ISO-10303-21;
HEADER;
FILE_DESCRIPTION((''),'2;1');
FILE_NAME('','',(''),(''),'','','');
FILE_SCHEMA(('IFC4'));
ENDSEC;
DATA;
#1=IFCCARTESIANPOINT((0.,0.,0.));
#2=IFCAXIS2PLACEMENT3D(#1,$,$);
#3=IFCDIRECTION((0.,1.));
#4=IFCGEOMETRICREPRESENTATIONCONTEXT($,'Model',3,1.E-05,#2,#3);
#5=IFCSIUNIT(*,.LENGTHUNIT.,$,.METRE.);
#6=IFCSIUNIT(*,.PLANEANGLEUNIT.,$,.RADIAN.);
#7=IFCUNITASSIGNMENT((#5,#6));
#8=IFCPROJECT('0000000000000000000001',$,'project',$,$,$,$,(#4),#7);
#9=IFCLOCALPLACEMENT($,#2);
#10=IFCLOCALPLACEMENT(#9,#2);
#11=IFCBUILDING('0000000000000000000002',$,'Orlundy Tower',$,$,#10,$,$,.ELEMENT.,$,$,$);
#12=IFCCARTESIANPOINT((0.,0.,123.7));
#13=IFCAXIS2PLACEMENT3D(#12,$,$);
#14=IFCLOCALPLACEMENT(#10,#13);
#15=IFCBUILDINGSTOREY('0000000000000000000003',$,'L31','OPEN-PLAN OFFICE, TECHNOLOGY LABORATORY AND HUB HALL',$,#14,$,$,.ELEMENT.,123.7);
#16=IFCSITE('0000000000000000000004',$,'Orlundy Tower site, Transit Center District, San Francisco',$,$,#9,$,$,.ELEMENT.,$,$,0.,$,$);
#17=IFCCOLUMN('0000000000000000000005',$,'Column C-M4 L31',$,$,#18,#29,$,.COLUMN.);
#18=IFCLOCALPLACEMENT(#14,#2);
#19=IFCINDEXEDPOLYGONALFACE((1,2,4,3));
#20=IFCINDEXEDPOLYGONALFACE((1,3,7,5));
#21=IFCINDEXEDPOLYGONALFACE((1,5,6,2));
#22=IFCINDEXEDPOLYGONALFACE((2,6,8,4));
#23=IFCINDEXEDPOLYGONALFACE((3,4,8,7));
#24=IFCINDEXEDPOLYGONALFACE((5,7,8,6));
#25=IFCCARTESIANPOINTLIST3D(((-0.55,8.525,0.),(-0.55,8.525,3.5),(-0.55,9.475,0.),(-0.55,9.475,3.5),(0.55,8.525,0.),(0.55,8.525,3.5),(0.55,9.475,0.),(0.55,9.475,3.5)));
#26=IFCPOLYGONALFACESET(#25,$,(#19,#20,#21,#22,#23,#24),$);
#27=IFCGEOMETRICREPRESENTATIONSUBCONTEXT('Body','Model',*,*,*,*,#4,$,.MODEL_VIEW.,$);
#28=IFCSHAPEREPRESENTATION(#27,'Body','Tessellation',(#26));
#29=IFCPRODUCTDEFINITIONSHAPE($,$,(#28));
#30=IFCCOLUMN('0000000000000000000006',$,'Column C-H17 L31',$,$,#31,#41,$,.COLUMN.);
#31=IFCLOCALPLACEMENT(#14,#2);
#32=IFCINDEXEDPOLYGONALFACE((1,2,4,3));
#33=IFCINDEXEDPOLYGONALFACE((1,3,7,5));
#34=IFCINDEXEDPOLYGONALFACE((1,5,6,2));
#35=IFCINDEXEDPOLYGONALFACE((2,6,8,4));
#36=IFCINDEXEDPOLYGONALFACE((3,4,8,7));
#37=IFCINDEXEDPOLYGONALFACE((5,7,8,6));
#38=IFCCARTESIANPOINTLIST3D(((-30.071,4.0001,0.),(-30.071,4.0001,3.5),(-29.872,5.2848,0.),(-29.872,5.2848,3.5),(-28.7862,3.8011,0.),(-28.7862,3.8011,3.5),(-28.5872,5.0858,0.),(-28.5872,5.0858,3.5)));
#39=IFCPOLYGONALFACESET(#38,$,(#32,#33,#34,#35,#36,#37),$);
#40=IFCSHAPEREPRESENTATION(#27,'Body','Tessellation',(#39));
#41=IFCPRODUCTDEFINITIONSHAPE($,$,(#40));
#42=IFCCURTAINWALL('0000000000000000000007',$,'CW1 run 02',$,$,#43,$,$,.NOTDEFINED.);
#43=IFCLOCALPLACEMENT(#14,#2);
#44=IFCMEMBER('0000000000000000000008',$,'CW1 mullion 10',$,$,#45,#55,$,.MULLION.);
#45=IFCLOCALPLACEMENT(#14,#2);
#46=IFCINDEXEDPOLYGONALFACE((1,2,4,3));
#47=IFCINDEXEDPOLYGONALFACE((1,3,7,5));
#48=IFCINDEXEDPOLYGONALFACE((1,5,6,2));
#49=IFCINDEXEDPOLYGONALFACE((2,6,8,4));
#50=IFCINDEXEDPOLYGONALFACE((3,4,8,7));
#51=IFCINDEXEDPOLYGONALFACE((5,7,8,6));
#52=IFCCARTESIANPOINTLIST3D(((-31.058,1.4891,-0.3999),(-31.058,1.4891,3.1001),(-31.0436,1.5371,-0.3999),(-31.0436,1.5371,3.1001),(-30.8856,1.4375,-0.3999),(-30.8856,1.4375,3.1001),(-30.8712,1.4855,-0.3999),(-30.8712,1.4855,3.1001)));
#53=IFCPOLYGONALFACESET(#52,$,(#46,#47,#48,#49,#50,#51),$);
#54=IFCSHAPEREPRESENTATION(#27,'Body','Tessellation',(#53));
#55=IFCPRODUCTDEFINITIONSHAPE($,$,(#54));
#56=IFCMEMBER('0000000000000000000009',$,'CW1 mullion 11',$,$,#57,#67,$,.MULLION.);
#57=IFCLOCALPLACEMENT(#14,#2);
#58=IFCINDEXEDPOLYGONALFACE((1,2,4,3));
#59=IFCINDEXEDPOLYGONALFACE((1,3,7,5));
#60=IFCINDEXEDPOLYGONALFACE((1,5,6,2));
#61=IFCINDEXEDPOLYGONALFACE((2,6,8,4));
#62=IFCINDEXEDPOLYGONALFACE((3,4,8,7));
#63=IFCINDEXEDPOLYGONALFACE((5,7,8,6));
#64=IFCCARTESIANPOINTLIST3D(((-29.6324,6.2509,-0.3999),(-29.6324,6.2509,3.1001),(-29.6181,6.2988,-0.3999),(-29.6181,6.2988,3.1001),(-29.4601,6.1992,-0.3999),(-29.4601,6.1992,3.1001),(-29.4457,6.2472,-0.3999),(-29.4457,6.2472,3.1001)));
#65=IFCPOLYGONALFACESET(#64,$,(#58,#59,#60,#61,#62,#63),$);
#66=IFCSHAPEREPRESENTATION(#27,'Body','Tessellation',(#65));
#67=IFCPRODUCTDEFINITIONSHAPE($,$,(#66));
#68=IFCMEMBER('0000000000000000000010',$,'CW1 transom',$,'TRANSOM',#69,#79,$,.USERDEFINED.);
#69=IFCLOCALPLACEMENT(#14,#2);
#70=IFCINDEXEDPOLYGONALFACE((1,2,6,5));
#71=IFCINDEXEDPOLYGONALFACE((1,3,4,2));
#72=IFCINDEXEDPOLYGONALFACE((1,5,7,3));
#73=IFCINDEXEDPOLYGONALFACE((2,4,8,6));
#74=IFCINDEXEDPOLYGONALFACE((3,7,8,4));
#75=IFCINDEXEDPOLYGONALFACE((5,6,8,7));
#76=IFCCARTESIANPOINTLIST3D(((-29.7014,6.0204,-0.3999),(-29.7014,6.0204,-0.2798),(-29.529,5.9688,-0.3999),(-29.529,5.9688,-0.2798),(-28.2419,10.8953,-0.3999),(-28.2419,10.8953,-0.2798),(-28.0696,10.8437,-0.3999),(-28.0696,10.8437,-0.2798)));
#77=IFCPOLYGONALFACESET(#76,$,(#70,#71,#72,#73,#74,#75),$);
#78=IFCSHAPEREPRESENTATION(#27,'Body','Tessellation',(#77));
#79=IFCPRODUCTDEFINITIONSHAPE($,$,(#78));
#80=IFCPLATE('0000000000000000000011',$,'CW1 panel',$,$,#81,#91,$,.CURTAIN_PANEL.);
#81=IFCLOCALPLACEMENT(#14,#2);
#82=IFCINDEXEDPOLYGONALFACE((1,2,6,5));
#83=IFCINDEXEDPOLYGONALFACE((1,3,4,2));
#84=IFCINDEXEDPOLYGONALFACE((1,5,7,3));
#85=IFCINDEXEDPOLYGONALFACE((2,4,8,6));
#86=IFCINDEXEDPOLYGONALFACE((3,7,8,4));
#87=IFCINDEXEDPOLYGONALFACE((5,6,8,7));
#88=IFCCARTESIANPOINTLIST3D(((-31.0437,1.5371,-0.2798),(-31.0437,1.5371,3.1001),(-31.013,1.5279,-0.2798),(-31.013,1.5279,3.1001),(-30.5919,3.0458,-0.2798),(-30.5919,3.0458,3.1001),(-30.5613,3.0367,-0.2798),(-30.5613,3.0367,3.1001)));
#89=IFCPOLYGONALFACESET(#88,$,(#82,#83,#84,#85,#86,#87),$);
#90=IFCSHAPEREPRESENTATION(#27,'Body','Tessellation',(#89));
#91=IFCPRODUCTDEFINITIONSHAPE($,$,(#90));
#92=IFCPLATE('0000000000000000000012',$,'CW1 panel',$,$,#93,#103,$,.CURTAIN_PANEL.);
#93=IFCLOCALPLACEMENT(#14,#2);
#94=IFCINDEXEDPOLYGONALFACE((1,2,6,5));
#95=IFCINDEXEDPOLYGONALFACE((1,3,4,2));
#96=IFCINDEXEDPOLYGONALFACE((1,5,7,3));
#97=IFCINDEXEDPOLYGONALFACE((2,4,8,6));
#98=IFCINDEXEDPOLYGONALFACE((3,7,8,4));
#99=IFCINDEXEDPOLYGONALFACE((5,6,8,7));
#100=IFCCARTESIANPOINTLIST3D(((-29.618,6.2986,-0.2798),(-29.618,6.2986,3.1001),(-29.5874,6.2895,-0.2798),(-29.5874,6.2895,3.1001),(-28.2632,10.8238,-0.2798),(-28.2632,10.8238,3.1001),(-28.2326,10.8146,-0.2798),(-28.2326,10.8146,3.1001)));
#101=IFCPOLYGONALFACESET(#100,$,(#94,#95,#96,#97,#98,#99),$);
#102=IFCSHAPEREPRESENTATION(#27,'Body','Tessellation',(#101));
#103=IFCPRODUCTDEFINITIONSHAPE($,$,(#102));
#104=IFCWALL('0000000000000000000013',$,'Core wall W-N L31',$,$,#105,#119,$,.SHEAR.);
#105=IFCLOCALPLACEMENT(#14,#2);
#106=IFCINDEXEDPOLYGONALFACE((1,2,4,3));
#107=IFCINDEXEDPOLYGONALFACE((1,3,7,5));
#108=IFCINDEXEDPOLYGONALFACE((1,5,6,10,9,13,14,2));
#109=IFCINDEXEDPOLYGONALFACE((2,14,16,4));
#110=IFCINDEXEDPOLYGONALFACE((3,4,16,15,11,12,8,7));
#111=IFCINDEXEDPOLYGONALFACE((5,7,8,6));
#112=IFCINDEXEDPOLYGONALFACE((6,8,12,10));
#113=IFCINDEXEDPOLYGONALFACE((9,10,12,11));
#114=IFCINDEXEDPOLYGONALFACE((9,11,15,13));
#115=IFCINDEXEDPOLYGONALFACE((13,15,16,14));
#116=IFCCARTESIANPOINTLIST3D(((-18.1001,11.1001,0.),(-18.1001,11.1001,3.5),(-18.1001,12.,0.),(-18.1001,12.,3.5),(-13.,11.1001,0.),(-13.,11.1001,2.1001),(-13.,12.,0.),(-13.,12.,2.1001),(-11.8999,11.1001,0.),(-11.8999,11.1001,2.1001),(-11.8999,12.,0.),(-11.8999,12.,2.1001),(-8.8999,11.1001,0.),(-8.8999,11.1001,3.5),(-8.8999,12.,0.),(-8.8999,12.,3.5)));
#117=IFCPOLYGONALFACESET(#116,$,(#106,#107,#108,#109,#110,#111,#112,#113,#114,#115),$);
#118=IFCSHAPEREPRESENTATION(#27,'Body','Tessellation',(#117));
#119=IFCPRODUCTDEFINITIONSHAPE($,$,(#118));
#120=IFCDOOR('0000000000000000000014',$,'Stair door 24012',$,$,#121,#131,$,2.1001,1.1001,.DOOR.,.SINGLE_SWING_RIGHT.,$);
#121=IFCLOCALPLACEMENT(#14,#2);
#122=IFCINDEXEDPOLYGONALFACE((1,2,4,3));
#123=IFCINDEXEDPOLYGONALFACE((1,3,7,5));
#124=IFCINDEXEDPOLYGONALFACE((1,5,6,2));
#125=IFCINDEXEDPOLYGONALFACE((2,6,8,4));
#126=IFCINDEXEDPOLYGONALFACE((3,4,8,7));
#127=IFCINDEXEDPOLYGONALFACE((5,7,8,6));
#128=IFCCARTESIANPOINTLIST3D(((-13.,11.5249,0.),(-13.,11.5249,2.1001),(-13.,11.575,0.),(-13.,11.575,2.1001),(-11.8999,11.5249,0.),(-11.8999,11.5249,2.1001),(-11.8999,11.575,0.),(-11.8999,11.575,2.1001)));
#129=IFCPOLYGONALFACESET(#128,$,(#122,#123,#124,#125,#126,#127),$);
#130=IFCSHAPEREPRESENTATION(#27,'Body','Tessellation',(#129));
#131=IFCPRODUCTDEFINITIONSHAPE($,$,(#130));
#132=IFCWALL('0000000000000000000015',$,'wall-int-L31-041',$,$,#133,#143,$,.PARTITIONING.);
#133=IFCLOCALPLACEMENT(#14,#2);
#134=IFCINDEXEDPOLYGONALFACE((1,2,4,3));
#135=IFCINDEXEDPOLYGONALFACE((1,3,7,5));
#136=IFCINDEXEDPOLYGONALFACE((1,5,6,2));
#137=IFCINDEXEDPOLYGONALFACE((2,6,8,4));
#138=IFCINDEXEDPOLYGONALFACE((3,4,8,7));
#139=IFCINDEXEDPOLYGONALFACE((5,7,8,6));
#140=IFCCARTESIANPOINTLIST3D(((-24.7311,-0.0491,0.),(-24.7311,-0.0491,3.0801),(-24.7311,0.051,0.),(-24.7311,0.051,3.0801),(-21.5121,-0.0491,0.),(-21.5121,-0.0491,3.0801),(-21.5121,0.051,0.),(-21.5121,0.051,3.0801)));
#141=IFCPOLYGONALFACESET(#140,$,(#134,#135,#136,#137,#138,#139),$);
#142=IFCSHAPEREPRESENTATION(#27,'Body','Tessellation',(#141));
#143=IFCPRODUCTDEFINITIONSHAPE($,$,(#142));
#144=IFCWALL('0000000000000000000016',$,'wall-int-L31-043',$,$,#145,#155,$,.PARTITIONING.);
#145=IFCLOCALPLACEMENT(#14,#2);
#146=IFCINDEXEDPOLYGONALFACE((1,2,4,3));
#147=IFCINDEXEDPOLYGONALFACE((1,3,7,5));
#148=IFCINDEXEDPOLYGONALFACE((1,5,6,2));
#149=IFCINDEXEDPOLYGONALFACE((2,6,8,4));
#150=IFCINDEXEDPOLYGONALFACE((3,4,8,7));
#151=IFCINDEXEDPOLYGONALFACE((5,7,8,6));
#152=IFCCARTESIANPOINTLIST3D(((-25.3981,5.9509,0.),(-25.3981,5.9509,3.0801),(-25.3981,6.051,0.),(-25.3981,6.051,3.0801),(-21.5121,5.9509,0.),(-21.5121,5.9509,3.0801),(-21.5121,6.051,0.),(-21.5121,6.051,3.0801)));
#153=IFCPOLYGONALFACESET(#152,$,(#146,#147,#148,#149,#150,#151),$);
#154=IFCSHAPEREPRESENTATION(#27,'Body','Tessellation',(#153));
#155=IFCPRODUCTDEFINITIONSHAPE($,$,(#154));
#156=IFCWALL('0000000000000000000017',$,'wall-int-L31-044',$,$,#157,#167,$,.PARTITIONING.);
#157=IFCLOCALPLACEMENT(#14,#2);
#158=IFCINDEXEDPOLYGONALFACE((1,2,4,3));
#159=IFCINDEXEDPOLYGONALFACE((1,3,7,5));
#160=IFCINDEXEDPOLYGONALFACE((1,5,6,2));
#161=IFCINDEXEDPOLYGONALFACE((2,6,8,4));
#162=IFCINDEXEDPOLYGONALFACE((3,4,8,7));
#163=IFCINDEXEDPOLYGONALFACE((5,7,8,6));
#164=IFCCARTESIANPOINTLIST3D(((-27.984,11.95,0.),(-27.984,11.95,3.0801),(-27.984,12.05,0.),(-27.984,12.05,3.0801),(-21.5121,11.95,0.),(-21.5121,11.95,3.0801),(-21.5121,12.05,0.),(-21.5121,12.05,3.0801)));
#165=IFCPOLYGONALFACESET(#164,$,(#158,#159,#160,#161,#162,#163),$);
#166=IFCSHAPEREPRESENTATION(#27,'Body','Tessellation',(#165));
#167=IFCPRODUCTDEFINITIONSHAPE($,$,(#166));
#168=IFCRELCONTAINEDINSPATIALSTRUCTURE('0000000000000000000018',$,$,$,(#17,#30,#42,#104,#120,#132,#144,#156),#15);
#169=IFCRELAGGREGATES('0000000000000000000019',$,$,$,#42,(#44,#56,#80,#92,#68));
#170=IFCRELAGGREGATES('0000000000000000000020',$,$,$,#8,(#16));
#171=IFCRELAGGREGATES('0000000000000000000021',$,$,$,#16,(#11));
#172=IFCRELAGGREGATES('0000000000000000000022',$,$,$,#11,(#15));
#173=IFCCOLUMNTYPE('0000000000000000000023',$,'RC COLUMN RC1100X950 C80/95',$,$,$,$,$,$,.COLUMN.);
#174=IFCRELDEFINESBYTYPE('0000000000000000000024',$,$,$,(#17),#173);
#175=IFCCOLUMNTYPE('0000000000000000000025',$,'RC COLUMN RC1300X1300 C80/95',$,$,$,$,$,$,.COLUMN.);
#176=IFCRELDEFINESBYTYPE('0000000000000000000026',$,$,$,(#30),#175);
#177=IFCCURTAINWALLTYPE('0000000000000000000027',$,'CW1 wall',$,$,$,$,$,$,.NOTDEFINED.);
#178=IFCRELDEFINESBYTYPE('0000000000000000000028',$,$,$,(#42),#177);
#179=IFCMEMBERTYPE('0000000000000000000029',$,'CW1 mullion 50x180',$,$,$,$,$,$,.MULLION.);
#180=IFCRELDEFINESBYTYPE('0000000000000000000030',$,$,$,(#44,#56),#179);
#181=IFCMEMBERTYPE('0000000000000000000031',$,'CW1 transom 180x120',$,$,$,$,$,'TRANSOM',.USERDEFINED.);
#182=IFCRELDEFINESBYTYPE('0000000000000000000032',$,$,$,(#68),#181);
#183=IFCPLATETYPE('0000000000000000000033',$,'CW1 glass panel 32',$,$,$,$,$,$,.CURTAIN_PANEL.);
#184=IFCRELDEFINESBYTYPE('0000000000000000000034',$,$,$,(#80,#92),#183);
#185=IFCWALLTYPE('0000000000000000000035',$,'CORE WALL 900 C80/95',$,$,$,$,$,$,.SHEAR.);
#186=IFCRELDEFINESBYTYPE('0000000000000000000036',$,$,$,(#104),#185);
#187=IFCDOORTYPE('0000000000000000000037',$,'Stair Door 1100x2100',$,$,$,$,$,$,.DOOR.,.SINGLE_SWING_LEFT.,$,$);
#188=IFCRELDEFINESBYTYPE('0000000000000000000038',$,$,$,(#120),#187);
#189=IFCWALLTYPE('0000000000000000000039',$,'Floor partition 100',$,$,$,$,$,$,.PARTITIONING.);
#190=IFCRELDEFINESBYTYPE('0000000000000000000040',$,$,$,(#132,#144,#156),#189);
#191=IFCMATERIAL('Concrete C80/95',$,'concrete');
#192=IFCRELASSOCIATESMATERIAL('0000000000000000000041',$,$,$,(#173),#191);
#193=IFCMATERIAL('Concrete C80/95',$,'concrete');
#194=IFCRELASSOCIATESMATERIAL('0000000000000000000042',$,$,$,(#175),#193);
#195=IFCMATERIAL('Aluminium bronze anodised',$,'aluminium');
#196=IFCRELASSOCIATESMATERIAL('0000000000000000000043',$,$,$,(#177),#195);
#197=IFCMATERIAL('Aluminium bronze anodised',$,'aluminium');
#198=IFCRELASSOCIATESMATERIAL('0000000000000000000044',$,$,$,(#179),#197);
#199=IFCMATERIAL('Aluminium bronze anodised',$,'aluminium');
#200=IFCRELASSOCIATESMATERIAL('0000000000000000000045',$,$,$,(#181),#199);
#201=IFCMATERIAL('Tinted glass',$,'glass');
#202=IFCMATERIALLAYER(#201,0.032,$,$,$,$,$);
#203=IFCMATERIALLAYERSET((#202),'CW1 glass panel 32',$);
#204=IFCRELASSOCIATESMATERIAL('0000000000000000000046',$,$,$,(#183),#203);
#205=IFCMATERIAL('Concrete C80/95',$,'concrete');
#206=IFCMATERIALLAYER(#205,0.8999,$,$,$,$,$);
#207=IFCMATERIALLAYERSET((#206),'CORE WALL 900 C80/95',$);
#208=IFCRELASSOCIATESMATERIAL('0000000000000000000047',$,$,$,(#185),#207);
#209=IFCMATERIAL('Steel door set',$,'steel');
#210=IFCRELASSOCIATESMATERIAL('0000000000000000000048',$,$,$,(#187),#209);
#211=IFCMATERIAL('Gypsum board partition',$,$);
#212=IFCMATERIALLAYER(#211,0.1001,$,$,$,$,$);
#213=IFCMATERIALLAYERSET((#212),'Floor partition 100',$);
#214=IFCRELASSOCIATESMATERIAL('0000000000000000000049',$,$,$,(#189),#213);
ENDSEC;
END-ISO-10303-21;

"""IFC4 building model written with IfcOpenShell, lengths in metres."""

from ifc_helpers import new_model, si_unit, direction, frame, frame_2d, origin, origin_2d, place, context, subcontext, project, spatial, rectangle, extrude, material, layer, layer_set, material_profile, profile_set, type_object, element, fill, aggregate, save


model = new_model("IFC4")

# Units and contexts
model_context = context("Model", 3, precision=1e-05, world=origin(), true_north=direction((0.0, 1.0)))
body_context = subcontext(model_context, "Body", "Model", "MODEL_VIEW")
ifc_project = project(units=[si_unit("LENGTHUNIT", "METRE"), si_unit("PLANEANGLEUNIT", "RADIAN")], contexts=[model_context])

# Site, building, storey
site_placement = place(None, origin())
site = spatial("IfcSite", under=ifc_project, at=site_placement, Name="Orlundy Tower site, Transit Center District, San Francisco", CompositionType="ELEMENT", RefElevation=0.0)
building_placement = place(site_placement, origin())
building = spatial("IfcBuilding", under=site, at=building_placement, Name="Orlundy Tower", CompositionType="ELEMENT")
storey_placement = place(building_placement, frame((0.0, 0.0, 123.7)))
storey = spatial("IfcBuildingStorey", under=building, at=storey_placement, Name="L31", Description="OPEN-PLAN OFFICE, TECHNOLOGY LABORATORY AND HUB HALL", CompositionType="ELEMENT", Elevation=123.7)

# Columns
ifc_material_1 = material(Name="Concrete C80/95", Category="concrete")
ifc_material_profile_1 = material_profile(ifc_material_1, rectangle(XDim=1.1001, YDim=0.95, at=origin_2d()), Name="RC1100X950")
ifc_profile_set_1 = profile_set([ifc_material_profile_1], Name="Concrete C80/95")
column_type_1 = type_object("IfcColumnType", Name="RC COLUMN RC1100X950 C80/95", PredefinedType="COLUMN", material=ifc_profile_set_1)
column_1_placement = place(storey_placement, frame((0.0, 9.0, 0.0), z_axis=(0.0, 0.0, 1.0), x_axis=(1.0, 0.0, 0.0)))
element("IfcColumn", 1, at=column_1_placement, inside=storey, type_object=column_type_1, Name="Column C-M4 L31", PredefinedType="COLUMN", context=body_context, shape_type="SweptSolid", body=[
    extrude(rectangle(XDim=1.1001, YDim=0.95, at=origin_2d()), origin(), (0.0, 0.0, 1.0), 3.5),
])
ifc_material_2 = material(Name="Concrete C80/95", Category="concrete")
ifc_material_profile_2 = material_profile(ifc_material_2, rectangle(XDim=1.3, YDim=1.3, at=origin_2d()), Name="RC1300X1300")
ifc_profile_set_2 = profile_set([ifc_material_profile_2], Name="Concrete C80/95")
column_type_2 = type_object("IfcColumnType", Name="RC COLUMN RC1300X1300 C80/95", PredefinedType="COLUMN", material=ifc_profile_set_2)
column_2_placement = place(storey_placement, frame((-29.3291, 4.543, 0.0), z_axis=(0.0, 0.0, 1.0), x_axis=(-0.988215, 0.153072, 0.0)))
element("IfcColumn", 2, at=column_2_placement, inside=storey, type_object=column_type_2, Name="Column C-H17 L31", PredefinedType="COLUMN", context=body_context, shape_type="SweptSolid", body=[
    extrude(rectangle(XDim=1.3, YDim=1.3, at=origin_2d()), origin(), (0.0, 0.0, 1.0), 3.5),
])

# Curtain wall, members, plates
ifc_material_3 = material(Name="Aluminium bronze anodised", Category="aluminium")
curtain_wall_type = type_object("IfcCurtainWallType", Name="CW1 wall", PredefinedType="NOTDEFINED", material=ifc_material_3)
curtain_wall_placement = place(storey_placement, origin())
curtain_wall = element("IfcCurtainWall", 3, at=curtain_wall_placement, inside=storey, type_object=curtain_wall_type, Name="CW1 run 02", PredefinedType="NOTDEFINED")
ifc_material_4 = material(Name="Aluminium bronze anodised", Category="aluminium")
ifc_material_profile_3 = material_profile(ifc_material_4, rectangle(XDim=0.1799, YDim=0.05, at=origin_2d()), Name="CW1 mullion 50x180")
ifc_profile_set_3 = profile_set([ifc_material_profile_3], Name="Aluminium bronze anodised")
member_type_1 = type_object("IfcMemberType", Name="CW1 mullion 50x180", PredefinedType="MULLION", material=ifc_profile_set_3)
member_1_placement = place(storey_placement, frame((-30.9646, 1.4873, -0.3999), z_axis=(0.0, 0.0, 1.0), x_axis=(-0.957986, 0.286816, 0.0)))
member_1 = element("IfcMember", 4, at=member_1_placement, type_object=member_type_1, Name="CW1 mullion 10", PredefinedType="MULLION", context=body_context, shape_type="SweptSolid", body=[
    extrude(rectangle(XDim=0.1799, YDim=0.05, at=origin_2d()), origin(), (0.0, 0.0, 1.0), 3.5),
])
member_2_placement = place(storey_placement, frame((-29.5391, 6.249, -0.3999), z_axis=(0.0, 0.0, 1.0), x_axis=(-0.957986, 0.286816, 0.0)))
member_2 = element("IfcMember", 5, at=member_2_placement, type_object=member_type_1, Name="CW1 mullion 11", PredefinedType="MULLION", context=body_context, shape_type="SweptSolid", body=[
    extrude(rectangle(XDim=0.1799, YDim=0.05, at=origin_2d()), origin(), (0.0, 0.0, 1.0), 3.5),
])
ifc_material_5 = material(Name="Aluminium bronze anodised", Category="aluminium")
ifc_material_profile_4 = material_profile(ifc_material_5, rectangle(XDim=0.1799, YDim=0.1201, at=origin_2d()), Name="CW1 transom 180x120")
ifc_profile_set_4 = profile_set([ifc_material_profile_4], Name="Aluminium bronze anodised")
member_type_2 = type_object("IfcMemberType", Name="CW1 transom 180x120", ElementType="TRANSOM", PredefinedType="USERDEFINED", material=ifc_profile_set_4)
member_3_placement = place(storey_placement, frame((-29.6152, 5.9946, -0.3398), z_axis=(0.286815, 0.957986, 0.0), x_axis=(-0.957986, 0.286815, 0.0)))
member_3 = element("IfcMember", 6, at=member_3_placement, type_object=member_type_2, Name="CW1 transom", ObjectType="TRANSOM", PredefinedType="USERDEFINED", context=body_context, shape_type="SweptSolid", body=[
    extrude(rectangle(XDim=0.1799, YDim=0.1201, at=origin_2d()), origin(), (0.0, 0.0, 1.0), 5.0886),
])
ifc_material_6 = material(Name="Tinted glass", Category="glass")
ifc_layer_1 = layer(ifc_material_6, 0.032)
ifc_layer_set_1 = layer_set([ifc_layer_1], Name="CW1 glass panel 32")
plate_type = type_object("IfcPlateType", Name="CW1 glass panel 32", PredefinedType="CURTAIN_PANEL", material=ifc_layer_set_1)
plate_1_placement = place(storey_placement, frame((-30.8025, 2.2869, -0.2798), z_axis=(0.0, 0.0, 1.0), x_axis=(0.286816, 0.957986, 0.0)))
plate_1 = element("IfcPlate", 7, at=plate_1_placement, type_object=plate_type, Name="CW1 panel", PredefinedType="CURTAIN_PANEL", context=body_context, shape_type="SweptSolid", body=[
    extrude(rectangle(XDim=1.575, YDim=0.032, at=origin_2d()), origin(), (0.0, 0.0, 1.0), 3.3799),
])
plate_2_placement = place(storey_placement, frame((-28.9253, 8.5566, -0.2798), z_axis=(0.0, 0.0, 1.0), x_axis=(0.286816, 0.957986, 0.0)))
plate_2 = element("IfcPlate", 8, at=plate_2_placement, type_object=plate_type, Name="CW1 panel", PredefinedType="CURTAIN_PANEL", context=body_context, shape_type="SweptSolid", body=[
    extrude(rectangle(XDim=4.7236, YDim=0.032, at=origin_2d()), origin(), (0.0, 0.0, 1.0), 3.3799),
])
aggregate(curtain_wall, [member_1, member_2, plate_1, plate_2, member_3])

# Wall, opening, door
ifc_material_7 = material(Name="Concrete C80/95", Category="concrete")
ifc_layer_2 = layer(ifc_material_7, 0.8999)
ifc_layer_set_2 = layer_set([ifc_layer_2], Name="CORE WALL 900 C80/95")
wall_type_1 = type_object("IfcWallType", Name="CORE WALL 900 C80/95", PredefinedType="SHEAR", material=ifc_layer_set_2)
wall_1_placement = place(storey_placement, frame((-18.1001, 11.55, 0.0), z_axis=(0.0, 0.0, 1.0), x_axis=(1.0, 0.0, 0.0)))
wall_1 = element("IfcWall", 9, at=wall_1_placement, inside=storey, type_object=wall_type_1, Name="Core wall W-N L31", PredefinedType="SHEAR", context=body_context, shape_type="SweptSolid", body=[
    extrude(rectangle(XDim=9.2002, YDim=0.8999, at=frame_2d((4.6001, 0.0))), origin(), (0.0, 0.0, 1.0), 3.5),
])
opening_1_placement = place(wall_1_placement, frame((5.1001, 0.0, 0.0)))
opening_1 = element("IfcOpeningElement", 10, at=opening_1_placement, cuts=wall_1, PredefinedType="OPENING", context=body_context, shape_type="SweptSolid", body=[
    extrude(rectangle(XDim=1.1001, YDim=2.1001, at=frame_2d((0.55, 1.05))), frame((0.0, 0.46, 0.0), z_axis=(0.0, -1.0, 0.0), x_axis=(1.0, 0.0, 0.0)), (0.0, 0.0, 1.0), 0.9199),
])
ifc_material_8 = material(Name="Steel door set", Category="steel")
door_type_1 = type_object("IfcDoorType", Name="Stair Door 1100x2100", OperationType="SINGLE_SWING_LEFT", PredefinedType="DOOR", material=ifc_material_8)
door_1_placement = place(opening_1_placement, origin())
door_1 = element("IfcDoor", 11, at=door_1_placement, inside=storey, type_object=door_type_1, Name="Stair door 24012", OperationType="SINGLE_SWING_RIGHT", OverallHeight=2.1001, OverallWidth=1.1001, PredefinedType="DOOR", context=body_context, shape_type="SweptSolid", body=[
    extrude(rectangle(XDim=1.1001, YDim=2.1001, at=frame_2d((0.55, 1.05))), frame((0.0, 0.0249, 0.0), z_axis=(0.0, -1.0, 0.0), x_axis=(1.0, 0.0, 0.0)), (0.0, 0.0, 1.0), 0.05),
])
fill(opening_1, door_1)

# Walls
ifc_material_9 = material(Name="Gypsum board partition")
ifc_layer_3 = layer(ifc_material_9, 0.1001)
ifc_layer_set_3 = layer_set([ifc_layer_3], Name="Floor partition 100")
wall_type_2 = type_object("IfcWallType", Name="Floor partition 100", PredefinedType="PARTITIONING", material=ifc_layer_set_3)
wall_2_placement = place(storey_placement, frame((-24.731, 0.001, 0.0), z_axis=(0.0, 0.0, 1.0), x_axis=(1.0, 0.0, 0.0)))
element("IfcWall", 12, at=wall_2_placement, inside=storey, type_object=wall_type_2, Name="wall-int-L31-041", PredefinedType="PARTITIONING", context=body_context, shape_type="SweptSolid", body=[
    extrude(rectangle(XDim=3.219, YDim=0.1001, at=frame_2d((1.6094, 0.0))), origin(), (0.0, 0.0, 1.0), 3.0801),
])
wall_3_placement = place(storey_placement, frame((-25.3979, 6.001, 0.0), z_axis=(0.0, 0.0, 1.0), x_axis=(1.0, 0.0, 0.0)))
element("IfcWall", 13, at=wall_3_placement, inside=storey, type_object=wall_type_2, Name="wall-int-L31-043", PredefinedType="PARTITIONING", context=body_context, shape_type="SweptSolid", body=[
    extrude(rectangle(XDim=3.886, YDim=0.1001, at=frame_2d((1.9429, 0.0))), origin(), (0.0, 0.0, 1.0), 3.0801),
])
wall_4_placement = place(storey_placement, frame((-27.9839, 12.0, 0.0), z_axis=(0.0, 0.0, 1.0), x_axis=(1.0, 0.0, 0.0)))
element("IfcWall", 14, at=wall_4_placement, inside=storey, type_object=wall_type_2, Name="wall-int-L31-044", PredefinedType="PARTITIONING", context=body_context, shape_type="SweptSolid", body=[
    extrude(rectangle(XDim=6.4719, YDim=0.1001, at=frame_2d((3.2358, 0.0))), origin(), (0.0, 0.0, 1.0), 3.0801),
])

save(model, "model.ifc")
